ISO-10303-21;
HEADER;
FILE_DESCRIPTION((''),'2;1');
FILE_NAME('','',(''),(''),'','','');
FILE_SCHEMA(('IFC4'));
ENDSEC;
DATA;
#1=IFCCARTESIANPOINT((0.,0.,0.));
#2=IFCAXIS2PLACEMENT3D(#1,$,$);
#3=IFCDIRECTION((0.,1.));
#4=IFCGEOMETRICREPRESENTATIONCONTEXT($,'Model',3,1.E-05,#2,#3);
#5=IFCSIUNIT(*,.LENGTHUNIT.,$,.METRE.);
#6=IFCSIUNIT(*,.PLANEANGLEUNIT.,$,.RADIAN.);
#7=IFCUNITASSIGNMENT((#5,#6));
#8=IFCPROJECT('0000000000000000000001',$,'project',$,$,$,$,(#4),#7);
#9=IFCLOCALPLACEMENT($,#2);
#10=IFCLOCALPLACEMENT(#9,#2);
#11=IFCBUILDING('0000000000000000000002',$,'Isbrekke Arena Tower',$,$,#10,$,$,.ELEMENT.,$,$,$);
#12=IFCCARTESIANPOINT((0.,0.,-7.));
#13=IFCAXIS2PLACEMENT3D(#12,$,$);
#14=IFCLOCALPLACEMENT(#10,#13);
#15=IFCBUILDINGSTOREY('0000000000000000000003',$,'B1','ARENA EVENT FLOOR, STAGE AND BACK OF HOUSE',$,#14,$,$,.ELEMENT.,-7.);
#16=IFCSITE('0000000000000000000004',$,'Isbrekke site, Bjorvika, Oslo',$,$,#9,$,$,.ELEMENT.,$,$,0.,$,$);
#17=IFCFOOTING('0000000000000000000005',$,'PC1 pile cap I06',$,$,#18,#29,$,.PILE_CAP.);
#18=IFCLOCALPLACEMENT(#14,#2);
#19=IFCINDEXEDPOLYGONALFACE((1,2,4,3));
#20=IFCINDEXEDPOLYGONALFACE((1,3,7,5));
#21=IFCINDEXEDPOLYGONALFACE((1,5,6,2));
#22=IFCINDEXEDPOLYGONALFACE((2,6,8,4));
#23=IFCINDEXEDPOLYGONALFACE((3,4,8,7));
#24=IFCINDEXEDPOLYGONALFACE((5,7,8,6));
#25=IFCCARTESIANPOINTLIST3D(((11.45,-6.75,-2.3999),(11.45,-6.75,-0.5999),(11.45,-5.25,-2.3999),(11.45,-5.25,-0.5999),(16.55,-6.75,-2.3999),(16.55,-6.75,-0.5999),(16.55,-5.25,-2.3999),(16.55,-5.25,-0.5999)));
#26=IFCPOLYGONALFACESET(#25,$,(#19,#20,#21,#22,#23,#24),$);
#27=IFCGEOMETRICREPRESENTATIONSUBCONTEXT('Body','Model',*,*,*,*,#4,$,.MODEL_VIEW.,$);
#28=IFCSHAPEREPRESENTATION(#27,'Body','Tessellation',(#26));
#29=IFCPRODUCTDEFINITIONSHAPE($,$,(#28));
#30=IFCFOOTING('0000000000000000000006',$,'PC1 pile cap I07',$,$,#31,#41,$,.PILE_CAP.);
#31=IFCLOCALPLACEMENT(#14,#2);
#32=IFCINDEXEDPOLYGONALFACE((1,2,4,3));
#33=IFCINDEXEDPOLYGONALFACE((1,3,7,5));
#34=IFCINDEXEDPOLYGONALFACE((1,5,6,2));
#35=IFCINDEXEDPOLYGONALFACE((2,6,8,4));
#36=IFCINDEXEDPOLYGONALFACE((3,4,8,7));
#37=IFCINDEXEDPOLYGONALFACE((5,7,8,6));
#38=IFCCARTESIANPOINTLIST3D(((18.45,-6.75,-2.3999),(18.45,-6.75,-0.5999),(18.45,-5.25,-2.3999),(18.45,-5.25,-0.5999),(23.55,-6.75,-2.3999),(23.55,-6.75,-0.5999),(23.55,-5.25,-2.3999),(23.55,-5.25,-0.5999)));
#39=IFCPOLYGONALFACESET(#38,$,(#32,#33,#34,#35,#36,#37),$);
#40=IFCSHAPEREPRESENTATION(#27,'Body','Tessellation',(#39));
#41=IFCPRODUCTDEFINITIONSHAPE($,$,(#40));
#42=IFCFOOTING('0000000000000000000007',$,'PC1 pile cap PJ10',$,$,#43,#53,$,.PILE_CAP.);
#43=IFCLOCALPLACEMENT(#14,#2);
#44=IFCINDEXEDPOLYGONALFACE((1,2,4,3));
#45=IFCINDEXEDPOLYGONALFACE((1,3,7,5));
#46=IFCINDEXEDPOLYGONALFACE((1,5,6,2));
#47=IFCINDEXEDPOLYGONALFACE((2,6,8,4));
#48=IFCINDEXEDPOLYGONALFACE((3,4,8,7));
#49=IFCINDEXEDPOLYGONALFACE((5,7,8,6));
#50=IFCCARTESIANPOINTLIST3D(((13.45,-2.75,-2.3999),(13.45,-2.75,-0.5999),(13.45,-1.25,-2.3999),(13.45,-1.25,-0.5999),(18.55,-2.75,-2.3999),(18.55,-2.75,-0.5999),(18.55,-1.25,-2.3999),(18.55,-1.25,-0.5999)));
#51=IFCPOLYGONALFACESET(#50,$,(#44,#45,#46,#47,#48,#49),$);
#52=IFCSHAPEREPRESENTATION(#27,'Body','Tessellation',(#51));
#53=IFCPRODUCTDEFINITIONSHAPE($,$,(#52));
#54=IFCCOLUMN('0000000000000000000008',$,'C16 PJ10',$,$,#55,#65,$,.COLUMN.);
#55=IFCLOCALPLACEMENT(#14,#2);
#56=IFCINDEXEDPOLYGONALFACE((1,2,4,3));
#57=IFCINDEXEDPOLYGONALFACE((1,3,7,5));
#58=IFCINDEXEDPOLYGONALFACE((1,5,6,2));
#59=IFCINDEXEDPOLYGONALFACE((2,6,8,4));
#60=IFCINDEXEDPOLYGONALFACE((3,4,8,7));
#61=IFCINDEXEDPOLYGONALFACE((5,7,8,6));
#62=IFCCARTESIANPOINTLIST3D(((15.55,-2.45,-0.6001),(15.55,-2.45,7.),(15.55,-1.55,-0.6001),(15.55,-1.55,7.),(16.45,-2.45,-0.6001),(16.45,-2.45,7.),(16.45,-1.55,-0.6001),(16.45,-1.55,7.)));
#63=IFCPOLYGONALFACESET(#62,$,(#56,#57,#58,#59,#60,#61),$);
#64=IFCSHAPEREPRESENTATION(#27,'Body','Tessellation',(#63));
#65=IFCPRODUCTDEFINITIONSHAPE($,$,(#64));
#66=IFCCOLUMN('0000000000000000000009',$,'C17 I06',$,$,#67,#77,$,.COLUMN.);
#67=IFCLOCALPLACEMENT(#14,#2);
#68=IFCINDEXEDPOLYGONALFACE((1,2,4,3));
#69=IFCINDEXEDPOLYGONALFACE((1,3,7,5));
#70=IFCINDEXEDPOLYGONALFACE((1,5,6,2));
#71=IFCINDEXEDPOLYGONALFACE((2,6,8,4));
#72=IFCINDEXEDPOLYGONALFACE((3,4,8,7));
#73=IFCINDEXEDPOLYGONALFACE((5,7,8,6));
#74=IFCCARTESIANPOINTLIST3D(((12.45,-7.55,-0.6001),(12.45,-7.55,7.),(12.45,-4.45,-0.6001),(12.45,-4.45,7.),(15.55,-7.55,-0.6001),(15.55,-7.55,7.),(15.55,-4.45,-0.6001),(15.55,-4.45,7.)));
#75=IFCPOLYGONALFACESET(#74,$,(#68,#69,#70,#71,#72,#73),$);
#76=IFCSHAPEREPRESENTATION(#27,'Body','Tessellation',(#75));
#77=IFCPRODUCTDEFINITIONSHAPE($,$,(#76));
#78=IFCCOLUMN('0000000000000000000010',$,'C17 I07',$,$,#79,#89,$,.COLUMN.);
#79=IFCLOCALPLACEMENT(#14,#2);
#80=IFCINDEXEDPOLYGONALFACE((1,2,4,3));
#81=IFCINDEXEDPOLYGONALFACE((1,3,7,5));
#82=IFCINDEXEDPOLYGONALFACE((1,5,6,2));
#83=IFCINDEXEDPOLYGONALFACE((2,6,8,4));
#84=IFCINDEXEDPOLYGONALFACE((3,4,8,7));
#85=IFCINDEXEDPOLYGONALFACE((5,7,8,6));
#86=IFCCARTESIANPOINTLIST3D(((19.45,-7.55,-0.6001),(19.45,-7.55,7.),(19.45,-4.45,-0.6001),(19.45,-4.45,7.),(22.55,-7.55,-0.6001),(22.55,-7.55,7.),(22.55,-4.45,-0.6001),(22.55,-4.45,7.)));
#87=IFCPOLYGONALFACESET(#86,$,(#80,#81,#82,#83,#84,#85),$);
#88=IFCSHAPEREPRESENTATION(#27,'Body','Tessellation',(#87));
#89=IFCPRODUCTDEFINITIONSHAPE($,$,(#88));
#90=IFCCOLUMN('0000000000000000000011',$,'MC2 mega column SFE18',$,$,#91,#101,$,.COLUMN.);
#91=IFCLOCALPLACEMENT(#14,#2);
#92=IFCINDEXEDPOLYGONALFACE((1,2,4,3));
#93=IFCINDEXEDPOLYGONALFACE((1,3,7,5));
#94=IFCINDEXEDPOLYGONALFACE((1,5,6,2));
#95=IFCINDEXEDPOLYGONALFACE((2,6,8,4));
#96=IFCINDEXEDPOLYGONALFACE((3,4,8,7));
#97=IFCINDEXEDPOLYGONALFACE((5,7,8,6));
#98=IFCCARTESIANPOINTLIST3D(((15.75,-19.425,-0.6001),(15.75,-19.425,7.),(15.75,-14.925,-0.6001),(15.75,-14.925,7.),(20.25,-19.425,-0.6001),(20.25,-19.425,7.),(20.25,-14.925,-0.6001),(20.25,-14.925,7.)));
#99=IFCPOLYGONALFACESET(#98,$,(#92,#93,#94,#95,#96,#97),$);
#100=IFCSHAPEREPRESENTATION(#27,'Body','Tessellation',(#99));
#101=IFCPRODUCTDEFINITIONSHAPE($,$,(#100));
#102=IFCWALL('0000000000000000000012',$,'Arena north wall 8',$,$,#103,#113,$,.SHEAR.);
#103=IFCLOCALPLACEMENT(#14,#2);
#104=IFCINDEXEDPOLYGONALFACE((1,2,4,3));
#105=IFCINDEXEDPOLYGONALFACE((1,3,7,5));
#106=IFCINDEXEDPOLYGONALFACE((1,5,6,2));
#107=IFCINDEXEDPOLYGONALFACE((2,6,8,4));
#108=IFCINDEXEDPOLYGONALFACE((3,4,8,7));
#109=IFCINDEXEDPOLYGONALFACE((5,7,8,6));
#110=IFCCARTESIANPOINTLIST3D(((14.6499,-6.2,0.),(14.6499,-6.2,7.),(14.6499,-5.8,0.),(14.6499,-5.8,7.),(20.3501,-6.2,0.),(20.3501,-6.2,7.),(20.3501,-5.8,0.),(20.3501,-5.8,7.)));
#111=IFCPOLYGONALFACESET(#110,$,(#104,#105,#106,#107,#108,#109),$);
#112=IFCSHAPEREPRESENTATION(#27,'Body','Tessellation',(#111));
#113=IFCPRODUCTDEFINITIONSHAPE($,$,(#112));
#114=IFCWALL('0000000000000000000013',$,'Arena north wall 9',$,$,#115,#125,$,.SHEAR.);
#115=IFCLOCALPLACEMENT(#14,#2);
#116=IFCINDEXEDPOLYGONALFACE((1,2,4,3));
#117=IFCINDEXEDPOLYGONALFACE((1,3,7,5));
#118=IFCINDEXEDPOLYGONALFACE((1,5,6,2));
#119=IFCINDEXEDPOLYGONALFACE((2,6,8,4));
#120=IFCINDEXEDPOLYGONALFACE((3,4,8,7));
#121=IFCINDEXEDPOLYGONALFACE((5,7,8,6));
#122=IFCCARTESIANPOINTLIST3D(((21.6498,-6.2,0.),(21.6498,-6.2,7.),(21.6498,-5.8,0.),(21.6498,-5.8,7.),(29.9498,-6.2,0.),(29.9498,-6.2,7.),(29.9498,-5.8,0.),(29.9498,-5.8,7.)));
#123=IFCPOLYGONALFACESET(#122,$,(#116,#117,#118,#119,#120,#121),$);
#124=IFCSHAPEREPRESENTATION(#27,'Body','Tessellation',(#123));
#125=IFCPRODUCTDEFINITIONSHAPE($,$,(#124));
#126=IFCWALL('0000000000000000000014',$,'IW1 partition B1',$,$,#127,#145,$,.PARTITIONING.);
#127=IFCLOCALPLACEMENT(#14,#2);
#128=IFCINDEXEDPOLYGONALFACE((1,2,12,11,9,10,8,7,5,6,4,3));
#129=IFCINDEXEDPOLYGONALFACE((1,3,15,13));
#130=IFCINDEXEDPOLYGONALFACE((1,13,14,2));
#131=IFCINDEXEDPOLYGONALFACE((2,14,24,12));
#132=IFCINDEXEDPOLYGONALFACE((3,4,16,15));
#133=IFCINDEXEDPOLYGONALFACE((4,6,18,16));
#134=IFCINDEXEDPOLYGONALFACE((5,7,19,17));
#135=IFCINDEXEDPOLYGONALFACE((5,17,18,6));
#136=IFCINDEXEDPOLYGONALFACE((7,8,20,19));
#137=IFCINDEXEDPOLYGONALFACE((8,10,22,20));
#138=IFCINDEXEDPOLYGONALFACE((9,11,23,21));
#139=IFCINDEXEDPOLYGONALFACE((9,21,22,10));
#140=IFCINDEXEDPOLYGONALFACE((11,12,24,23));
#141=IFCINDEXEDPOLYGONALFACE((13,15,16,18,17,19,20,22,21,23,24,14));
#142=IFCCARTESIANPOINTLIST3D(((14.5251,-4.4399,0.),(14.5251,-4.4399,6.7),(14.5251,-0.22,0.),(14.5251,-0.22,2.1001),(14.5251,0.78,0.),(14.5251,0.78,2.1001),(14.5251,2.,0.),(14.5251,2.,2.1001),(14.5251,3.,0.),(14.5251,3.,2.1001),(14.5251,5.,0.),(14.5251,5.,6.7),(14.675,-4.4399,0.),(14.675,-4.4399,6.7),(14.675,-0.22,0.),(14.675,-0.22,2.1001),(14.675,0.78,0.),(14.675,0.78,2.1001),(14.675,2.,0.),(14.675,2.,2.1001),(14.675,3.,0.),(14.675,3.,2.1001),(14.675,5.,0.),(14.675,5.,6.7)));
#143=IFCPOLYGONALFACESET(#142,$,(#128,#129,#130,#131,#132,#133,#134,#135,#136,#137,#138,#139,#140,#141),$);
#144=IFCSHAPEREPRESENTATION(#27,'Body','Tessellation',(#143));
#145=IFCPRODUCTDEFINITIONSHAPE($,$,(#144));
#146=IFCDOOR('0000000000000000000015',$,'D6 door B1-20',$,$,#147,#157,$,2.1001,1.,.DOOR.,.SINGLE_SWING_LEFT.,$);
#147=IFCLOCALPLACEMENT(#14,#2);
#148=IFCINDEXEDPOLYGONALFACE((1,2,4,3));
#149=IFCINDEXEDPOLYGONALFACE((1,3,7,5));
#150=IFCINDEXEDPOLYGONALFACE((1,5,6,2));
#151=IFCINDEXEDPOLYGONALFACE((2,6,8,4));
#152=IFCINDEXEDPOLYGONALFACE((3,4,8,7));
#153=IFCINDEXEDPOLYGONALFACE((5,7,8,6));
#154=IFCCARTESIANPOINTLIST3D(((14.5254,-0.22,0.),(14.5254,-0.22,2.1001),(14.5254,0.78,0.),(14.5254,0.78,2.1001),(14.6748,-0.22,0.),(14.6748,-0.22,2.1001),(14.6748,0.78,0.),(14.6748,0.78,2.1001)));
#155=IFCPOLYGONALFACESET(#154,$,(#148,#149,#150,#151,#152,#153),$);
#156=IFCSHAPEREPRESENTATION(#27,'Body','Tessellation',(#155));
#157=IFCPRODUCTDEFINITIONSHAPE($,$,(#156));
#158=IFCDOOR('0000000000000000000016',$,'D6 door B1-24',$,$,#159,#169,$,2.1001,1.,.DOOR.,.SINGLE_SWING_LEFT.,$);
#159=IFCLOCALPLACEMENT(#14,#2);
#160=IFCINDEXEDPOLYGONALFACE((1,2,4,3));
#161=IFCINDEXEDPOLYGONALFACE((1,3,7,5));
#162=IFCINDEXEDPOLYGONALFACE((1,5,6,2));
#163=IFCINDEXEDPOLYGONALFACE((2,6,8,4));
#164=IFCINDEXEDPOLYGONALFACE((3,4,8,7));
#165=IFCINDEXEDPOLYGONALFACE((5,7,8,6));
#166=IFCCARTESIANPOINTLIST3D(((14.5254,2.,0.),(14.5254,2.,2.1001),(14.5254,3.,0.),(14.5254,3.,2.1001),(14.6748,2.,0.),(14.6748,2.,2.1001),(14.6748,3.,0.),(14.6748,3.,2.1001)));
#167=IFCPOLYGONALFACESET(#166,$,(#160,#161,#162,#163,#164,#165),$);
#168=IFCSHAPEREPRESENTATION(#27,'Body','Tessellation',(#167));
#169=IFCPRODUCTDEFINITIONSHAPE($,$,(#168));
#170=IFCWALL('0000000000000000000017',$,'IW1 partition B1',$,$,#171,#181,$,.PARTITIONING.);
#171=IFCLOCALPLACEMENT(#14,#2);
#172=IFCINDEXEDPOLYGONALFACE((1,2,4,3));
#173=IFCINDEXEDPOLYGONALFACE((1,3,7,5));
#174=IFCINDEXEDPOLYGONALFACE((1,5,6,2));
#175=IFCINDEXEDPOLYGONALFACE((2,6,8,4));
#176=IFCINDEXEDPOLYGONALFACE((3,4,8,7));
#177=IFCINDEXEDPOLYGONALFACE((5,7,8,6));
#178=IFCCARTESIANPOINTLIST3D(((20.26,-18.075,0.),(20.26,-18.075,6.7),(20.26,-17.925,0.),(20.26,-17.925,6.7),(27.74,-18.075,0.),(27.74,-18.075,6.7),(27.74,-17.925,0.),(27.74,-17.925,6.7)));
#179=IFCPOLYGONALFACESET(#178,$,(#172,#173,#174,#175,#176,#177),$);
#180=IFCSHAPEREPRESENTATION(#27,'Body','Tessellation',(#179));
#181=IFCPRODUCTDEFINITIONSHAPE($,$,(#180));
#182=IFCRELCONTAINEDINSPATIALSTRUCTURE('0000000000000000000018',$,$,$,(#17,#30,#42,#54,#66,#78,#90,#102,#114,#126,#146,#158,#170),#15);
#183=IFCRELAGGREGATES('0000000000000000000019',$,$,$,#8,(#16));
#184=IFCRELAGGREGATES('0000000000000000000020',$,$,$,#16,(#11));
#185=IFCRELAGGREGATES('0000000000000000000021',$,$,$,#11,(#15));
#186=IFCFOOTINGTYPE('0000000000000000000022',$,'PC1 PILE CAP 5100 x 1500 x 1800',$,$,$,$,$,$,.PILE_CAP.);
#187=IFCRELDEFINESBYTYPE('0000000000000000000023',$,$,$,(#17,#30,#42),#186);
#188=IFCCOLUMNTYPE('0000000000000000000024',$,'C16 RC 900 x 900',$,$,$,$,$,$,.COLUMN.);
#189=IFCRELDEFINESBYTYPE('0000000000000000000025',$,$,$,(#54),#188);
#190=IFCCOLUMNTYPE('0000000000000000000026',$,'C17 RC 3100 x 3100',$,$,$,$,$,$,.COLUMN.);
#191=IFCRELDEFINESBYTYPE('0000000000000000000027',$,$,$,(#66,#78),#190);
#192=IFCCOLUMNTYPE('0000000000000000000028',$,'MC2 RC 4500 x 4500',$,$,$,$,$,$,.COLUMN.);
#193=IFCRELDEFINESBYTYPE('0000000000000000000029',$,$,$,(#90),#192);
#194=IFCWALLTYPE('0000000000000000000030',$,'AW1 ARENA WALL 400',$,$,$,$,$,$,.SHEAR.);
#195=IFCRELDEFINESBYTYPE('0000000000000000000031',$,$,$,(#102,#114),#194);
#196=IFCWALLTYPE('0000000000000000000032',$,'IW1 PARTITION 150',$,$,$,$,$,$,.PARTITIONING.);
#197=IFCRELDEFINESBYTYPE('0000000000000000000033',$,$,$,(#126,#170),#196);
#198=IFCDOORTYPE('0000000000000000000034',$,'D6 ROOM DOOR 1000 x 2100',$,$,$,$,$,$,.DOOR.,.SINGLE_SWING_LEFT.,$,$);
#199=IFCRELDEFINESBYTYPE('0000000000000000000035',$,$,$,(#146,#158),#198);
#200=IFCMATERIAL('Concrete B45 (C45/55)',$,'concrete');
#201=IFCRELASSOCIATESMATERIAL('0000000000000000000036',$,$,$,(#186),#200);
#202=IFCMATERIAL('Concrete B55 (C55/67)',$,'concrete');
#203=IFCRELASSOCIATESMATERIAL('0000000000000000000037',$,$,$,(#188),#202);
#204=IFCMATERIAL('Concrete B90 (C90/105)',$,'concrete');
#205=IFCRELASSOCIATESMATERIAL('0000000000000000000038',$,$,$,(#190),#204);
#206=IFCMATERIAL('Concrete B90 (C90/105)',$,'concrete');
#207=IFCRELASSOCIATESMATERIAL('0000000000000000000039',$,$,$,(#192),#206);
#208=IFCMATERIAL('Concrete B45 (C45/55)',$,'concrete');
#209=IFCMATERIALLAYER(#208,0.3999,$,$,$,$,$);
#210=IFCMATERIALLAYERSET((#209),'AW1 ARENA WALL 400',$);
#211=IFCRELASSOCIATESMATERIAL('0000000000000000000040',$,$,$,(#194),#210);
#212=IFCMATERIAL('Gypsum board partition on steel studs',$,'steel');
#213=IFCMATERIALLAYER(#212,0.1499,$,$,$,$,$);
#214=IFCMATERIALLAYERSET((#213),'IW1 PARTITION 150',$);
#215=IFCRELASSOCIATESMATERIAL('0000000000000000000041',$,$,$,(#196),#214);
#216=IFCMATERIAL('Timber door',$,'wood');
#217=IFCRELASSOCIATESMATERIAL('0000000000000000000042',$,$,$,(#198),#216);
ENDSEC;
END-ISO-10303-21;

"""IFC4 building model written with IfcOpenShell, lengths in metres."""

from ifc_helpers import new_model, si_unit, direction, frame, frame_2d, origin, origin_2d, place, context, subcontext, project, spatial, rectangle, extrude, material, layer, layer_set, material_profile, profile_set, type_object, element, fill, save


model = new_model("IFC4")

# Units and contexts
model_context = context("Model", 3, precision=1e-05, world=origin(), true_north=direction((0.0, 1.0)))
body_context = subcontext(model_context, "Body", "Model", "MODEL_VIEW")
ifc_project = project(units=[si_unit("LENGTHUNIT", "METRE"), si_unit("PLANEANGLEUNIT", "RADIAN")], contexts=[model_context])

# Site, building, storey
site_placement = place(None, origin())
site = spatial("IfcSite", under=ifc_project, at=site_placement, Name="Isbrekke site, Bjorvika, Oslo", CompositionType="ELEMENT", RefElevation=0.0)
building_placement = place(site_placement, origin())
building = spatial("IfcBuilding", under=site, at=building_placement, Name="Isbrekke Arena Tower", CompositionType="ELEMENT")
storey_placement = place(building_placement, frame((0.0, 0.0, -7.0)))
storey = spatial("IfcBuildingStorey", under=building, at=storey_placement, Name="B1", Description="ARENA EVENT FLOOR, STAGE AND BACK OF HOUSE", CompositionType="ELEMENT", Elevation=-7.0)

# Footings
ifc_material_1 = material(Name="Concrete B45 (C45/55)", Category="concrete")
footing_type = type_object("IfcFootingType", Name="PC1 PILE CAP 5100 x 1500 x 1800", PredefinedType="PILE_CAP", material=ifc_material_1)
for number, where, z_axis, x_axis, name in (
    (1, (14.0, -6.0, -2.3999), (0.0, 0.0, 1.0), (1.0, 0.0, 0.0), "PC1 pile cap I06"),
    (2, (21.0, -6.0, -2.3999), (0.0, 0.0, 1.0), (1.0, 0.0, 0.0), "PC1 pile cap I07"),
    (3, (16.0, -2.0, -2.3999), (0.0, 0.0, 1.0), (1.0, 0.0, 0.0), "PC1 pile cap PJ10"),
):
    element("IfcFooting", number, at=place(storey_placement, frame(where, z_axis=z_axis, x_axis=x_axis)), inside=storey, type_object=footing_type, Name=name, PredefinedType="PILE_CAP", context=body_context, shape_type="SweptSolid", body=[
        extrude(rectangle(XDim=5.1001, YDim=1.5, at=origin_2d()), origin(), (0.0, 0.0, 1.0), 1.8),
    ])

# Columns
ifc_material_2 = material(Name="Concrete B55 (C55/67)", Category="concrete")
ifc_material_profile_1 = material_profile(ifc_material_2, rectangle(XDim=0.8999, YDim=0.8999, at=origin_2d()), Name="RC 900x900")
ifc_profile_set_1 = profile_set([ifc_material_profile_1], Name="Concrete B55 (C55/67)")
column_type_1 = type_object("IfcColumnType", Name="C16 RC 900 x 900", PredefinedType="COLUMN", material=ifc_profile_set_1)
column_1_placement = place(storey_placement, frame((16.0, -2.0, -0.6001), z_axis=(0.0, 0.0, 1.0), x_axis=(1.0, 0.0, 0.0)))
element("IfcColumn", 4, at=column_1_placement, inside=storey, type_object=column_type_1, Name="C16 PJ10", PredefinedType="COLUMN", context=body_context, shape_type="SweptSolid", body=[
    extrude(rectangle(XDim=0.8999, YDim=0.8999, at=origin_2d()), origin(), (0.0, 0.0, 1.0), 7.6001),
])
ifc_material_3 = material(Name="Concrete B90 (C90/105)", Category="concrete")
ifc_material_profile_2 = material_profile(ifc_material_3, rectangle(XDim=3.1001, YDim=3.1001, at=origin_2d()), Name="RC 3100x3100")
ifc_profile_set_2 = profile_set([ifc_material_profile_2], Name="Concrete B90 (C90/105)")
column_type_2 = type_object("IfcColumnType", Name="C17 RC 3100 x 3100", PredefinedType="COLUMN", material=ifc_profile_set_2)
for number, where, z_axis, x_axis, name in (
    (5, (14.0, -6.0, -0.6001), (0.0, 0.0, 1.0), (1.0, 0.0, 0.0), "C17 I06"),
    (6, (21.0, -6.0, -0.6001), (0.0, 0.0, 1.0), (1.0, 0.0, 0.0), "C17 I07"),
):
    element("IfcColumn", number, at=place(storey_placement, frame(where, z_axis=z_axis, x_axis=x_axis)), inside=storey, type_object=column_type_2, Name=name, PredefinedType="COLUMN", context=body_context, shape_type="SweptSolid", body=[
        extrude(rectangle(XDim=3.1001, YDim=3.1001, at=origin_2d()), origin(), (0.0, 0.0, 1.0), 7.6001),
    ])
ifc_material_4 = material(Name="Concrete B90 (C90/105)", Category="concrete")
ifc_material_profile_3 = material_profile(ifc_material_4, rectangle(XDim=4.5, YDim=4.5, at=origin_2d()), Name="RC 4500x4500")
ifc_profile_set_3 = profile_set([ifc_material_profile_3], Name="Concrete B90 (C90/105)")
column_type_3 = type_object("IfcColumnType", Name="MC2 RC 4500 x 4500", PredefinedType="COLUMN", material=ifc_profile_set_3)
column_2_placement = place(storey_placement, frame((18.0, -17.175, -0.6001), z_axis=(0.0, 0.0, 1.0), x_axis=(1.0, 0.0, 0.0)))
element("IfcColumn", 7, at=column_2_placement, inside=storey, type_object=column_type_3, Name="MC2 mega column SFE18", PredefinedType="COLUMN", context=body_context, shape_type="SweptSolid", body=[
    extrude(rectangle(XDim=4.5, YDim=4.5, at=origin_2d()), origin(), (0.0, 0.0, 1.0), 7.6001),
])

# Walls
ifc_material_5 = material(Name="Concrete B45 (C45/55)", Category="concrete")
ifc_layer_1 = layer(ifc_material_5, 0.3999)
ifc_layer_set_1 = layer_set([ifc_layer_1], Name="AW1 ARENA WALL 400")
wall_type_1 = type_object("IfcWallType", Name="AW1 ARENA WALL 400", PredefinedType="SHEAR", material=ifc_layer_set_1)
wall_1_placement = place(storey_placement, frame((14.6499, -6.0, 0.0), z_axis=(0.0, 0.0, 1.0), x_axis=(1.0, 0.0, 0.0)))
element("IfcWall", 8, at=wall_1_placement, inside=storey, type_object=wall_type_1, Name="Arena north wall 8", PredefinedType="SHEAR", context=body_context, shape_type="SweptSolid", body=[
    extrude(rectangle(XDim=5.7002, YDim=0.3999, at=frame_2d((2.8501, 0.0))), origin(), (0.0, 0.0, 1.0), 7.0),
])
wall_2_placement = place(storey_placement, frame((21.6499, -6.0, 0.0), z_axis=(0.0, 0.0, 1.0), x_axis=(1.0, 0.0, 0.0)))
element("IfcWall", 9, at=wall_2_placement, inside=storey, type_object=wall_type_1, Name="Arena north wall 9", PredefinedType="SHEAR", context=body_context, shape_type="SweptSolid", body=[
    extrude(rectangle(XDim=8.3, YDim=0.3999, at=frame_2d((4.1499, 0.0))), origin(), (0.0, 0.0, 1.0), 7.0),
])

# Wall, openings, doors
ifc_material_6 = material(Name="Gypsum board partition on steel studs", Category="steel")
ifc_layer_2 = layer(ifc_material_6, 0.1499)
ifc_layer_set_2 = layer_set([ifc_layer_2], Name="IW1 PARTITION 150")
wall_type_2 = type_object("IfcWallType", Name="IW1 PARTITION 150", PredefinedType="PARTITIONING", material=ifc_layer_set_2)
wall_3_placement = place(storey_placement, frame((14.6001, -4.4399, 0.0), z_axis=(0.0, 0.0, 1.0), x_axis=(0.0, 1.0, 0.0)))
wall_3 = element("IfcWall", 10, at=wall_3_placement, inside=storey, type_object=wall_type_2, Name="IW1 partition B1", PredefinedType="PARTITIONING", context=body_context, shape_type="SweptSolid", body=[
    extrude(rectangle(XDim=9.4399, YDim=0.1499, at=frame_2d((4.72, 0.0))), origin(), (0.0, 0.0, 1.0), 6.7),
])
opening_1_placement = place(wall_3_placement, frame((4.22, 0.0, 0.0)))
opening_1 = element("IfcOpeningElement", 11, at=opening_1_placement, cuts=wall_3, PredefinedType="OPENING", context=body_context, shape_type="SweptSolid", body=[
    extrude(rectangle(XDim=1.0, YDim=2.1001, at=frame_2d((0.5, 1.05))), frame((0.0, 0.0898, 0.0), z_axis=(0.0, -1.0, 0.0), x_axis=(1.0, 0.0, 0.0)), (0.0, 0.0, 1.0), 0.1797),
])
opening_2_placement = place(wall_3_placement, frame((6.4399, 0.0, 0.0)))
opening_2 = element("IfcOpeningElement", 12, at=opening_2_placement, cuts=wall_3, PredefinedType="OPENING", context=body_context, shape_type="SweptSolid", body=[
    extrude(rectangle(XDim=1.0, YDim=2.1001, at=frame_2d((0.5, 1.05))), frame((0.0, 0.0898, 0.0), z_axis=(0.0, -1.0, 0.0), x_axis=(1.0, 0.0, 0.0)), (0.0, 0.0, 1.0), 0.1797),
])
ifc_material_7 = material(Name="Timber door", Category="wood")
door_type = type_object("IfcDoorType", Name="D6 ROOM DOOR 1000 x 2100", OperationType="SINGLE_SWING_LEFT", PredefinedType="DOOR", material=ifc_material_7)
door_1_placement = place(opening_1_placement, origin())
door_1 = element("IfcDoor", 13, at=door_1_placement, inside=storey, type_object=door_type, Name="D6 door B1-20", OperationType="SINGLE_SWING_LEFT", OverallHeight=2.1001, OverallWidth=1.0, PredefinedType="DOOR", context=body_context, shape_type="SweptSolid", body=[
    extrude(rectangle(XDim=1.0, YDim=2.1001, at=frame_2d((0.5, 1.05))), frame((0.0, 0.0747, 0.0), z_axis=(0.0, -1.0, 0.0), x_axis=(1.0, 0.0, 0.0)), (0.0, 0.0, 1.0), 0.1494),
])
fill(opening_1, door_1)
door_2_placement = place(opening_2_placement, origin())
door_2 = element("IfcDoor", 14, at=door_2_placement, inside=storey, type_object=door_type, Name="D6 door B1-24", OperationType="SINGLE_SWING_LEFT", OverallHeight=2.1001, OverallWidth=1.0, PredefinedType="DOOR", context=body_context, shape_type="SweptSolid", body=[
    extrude(rectangle(XDim=1.0, YDim=2.1001, at=frame_2d((0.5, 1.05))), frame((0.0, 0.0747, 0.0), z_axis=(0.0, -1.0, 0.0), x_axis=(1.0, 0.0, 0.0)), (0.0, 0.0, 1.0), 0.1494),
])
fill(opening_2, door_2)

# Wall
wall_4_placement = place(storey_placement, frame((20.26, -18.0, 0.0), z_axis=(0.0, 0.0, 1.0), x_axis=(1.0, 0.0, 0.0)))
element("IfcWall", 15, at=wall_4_placement, inside=storey, type_object=wall_type_2, Name="IW1 partition B1", PredefinedType="PARTITIONING", context=body_context, shape_type="SweptSolid", body=[
    extrude(rectangle(XDim=7.48, YDim=0.1499, at=frame_2d((3.74, 0.0))), origin(), (0.0, 0.0, 1.0), 6.7),
])

save(model, "model.ifc")
